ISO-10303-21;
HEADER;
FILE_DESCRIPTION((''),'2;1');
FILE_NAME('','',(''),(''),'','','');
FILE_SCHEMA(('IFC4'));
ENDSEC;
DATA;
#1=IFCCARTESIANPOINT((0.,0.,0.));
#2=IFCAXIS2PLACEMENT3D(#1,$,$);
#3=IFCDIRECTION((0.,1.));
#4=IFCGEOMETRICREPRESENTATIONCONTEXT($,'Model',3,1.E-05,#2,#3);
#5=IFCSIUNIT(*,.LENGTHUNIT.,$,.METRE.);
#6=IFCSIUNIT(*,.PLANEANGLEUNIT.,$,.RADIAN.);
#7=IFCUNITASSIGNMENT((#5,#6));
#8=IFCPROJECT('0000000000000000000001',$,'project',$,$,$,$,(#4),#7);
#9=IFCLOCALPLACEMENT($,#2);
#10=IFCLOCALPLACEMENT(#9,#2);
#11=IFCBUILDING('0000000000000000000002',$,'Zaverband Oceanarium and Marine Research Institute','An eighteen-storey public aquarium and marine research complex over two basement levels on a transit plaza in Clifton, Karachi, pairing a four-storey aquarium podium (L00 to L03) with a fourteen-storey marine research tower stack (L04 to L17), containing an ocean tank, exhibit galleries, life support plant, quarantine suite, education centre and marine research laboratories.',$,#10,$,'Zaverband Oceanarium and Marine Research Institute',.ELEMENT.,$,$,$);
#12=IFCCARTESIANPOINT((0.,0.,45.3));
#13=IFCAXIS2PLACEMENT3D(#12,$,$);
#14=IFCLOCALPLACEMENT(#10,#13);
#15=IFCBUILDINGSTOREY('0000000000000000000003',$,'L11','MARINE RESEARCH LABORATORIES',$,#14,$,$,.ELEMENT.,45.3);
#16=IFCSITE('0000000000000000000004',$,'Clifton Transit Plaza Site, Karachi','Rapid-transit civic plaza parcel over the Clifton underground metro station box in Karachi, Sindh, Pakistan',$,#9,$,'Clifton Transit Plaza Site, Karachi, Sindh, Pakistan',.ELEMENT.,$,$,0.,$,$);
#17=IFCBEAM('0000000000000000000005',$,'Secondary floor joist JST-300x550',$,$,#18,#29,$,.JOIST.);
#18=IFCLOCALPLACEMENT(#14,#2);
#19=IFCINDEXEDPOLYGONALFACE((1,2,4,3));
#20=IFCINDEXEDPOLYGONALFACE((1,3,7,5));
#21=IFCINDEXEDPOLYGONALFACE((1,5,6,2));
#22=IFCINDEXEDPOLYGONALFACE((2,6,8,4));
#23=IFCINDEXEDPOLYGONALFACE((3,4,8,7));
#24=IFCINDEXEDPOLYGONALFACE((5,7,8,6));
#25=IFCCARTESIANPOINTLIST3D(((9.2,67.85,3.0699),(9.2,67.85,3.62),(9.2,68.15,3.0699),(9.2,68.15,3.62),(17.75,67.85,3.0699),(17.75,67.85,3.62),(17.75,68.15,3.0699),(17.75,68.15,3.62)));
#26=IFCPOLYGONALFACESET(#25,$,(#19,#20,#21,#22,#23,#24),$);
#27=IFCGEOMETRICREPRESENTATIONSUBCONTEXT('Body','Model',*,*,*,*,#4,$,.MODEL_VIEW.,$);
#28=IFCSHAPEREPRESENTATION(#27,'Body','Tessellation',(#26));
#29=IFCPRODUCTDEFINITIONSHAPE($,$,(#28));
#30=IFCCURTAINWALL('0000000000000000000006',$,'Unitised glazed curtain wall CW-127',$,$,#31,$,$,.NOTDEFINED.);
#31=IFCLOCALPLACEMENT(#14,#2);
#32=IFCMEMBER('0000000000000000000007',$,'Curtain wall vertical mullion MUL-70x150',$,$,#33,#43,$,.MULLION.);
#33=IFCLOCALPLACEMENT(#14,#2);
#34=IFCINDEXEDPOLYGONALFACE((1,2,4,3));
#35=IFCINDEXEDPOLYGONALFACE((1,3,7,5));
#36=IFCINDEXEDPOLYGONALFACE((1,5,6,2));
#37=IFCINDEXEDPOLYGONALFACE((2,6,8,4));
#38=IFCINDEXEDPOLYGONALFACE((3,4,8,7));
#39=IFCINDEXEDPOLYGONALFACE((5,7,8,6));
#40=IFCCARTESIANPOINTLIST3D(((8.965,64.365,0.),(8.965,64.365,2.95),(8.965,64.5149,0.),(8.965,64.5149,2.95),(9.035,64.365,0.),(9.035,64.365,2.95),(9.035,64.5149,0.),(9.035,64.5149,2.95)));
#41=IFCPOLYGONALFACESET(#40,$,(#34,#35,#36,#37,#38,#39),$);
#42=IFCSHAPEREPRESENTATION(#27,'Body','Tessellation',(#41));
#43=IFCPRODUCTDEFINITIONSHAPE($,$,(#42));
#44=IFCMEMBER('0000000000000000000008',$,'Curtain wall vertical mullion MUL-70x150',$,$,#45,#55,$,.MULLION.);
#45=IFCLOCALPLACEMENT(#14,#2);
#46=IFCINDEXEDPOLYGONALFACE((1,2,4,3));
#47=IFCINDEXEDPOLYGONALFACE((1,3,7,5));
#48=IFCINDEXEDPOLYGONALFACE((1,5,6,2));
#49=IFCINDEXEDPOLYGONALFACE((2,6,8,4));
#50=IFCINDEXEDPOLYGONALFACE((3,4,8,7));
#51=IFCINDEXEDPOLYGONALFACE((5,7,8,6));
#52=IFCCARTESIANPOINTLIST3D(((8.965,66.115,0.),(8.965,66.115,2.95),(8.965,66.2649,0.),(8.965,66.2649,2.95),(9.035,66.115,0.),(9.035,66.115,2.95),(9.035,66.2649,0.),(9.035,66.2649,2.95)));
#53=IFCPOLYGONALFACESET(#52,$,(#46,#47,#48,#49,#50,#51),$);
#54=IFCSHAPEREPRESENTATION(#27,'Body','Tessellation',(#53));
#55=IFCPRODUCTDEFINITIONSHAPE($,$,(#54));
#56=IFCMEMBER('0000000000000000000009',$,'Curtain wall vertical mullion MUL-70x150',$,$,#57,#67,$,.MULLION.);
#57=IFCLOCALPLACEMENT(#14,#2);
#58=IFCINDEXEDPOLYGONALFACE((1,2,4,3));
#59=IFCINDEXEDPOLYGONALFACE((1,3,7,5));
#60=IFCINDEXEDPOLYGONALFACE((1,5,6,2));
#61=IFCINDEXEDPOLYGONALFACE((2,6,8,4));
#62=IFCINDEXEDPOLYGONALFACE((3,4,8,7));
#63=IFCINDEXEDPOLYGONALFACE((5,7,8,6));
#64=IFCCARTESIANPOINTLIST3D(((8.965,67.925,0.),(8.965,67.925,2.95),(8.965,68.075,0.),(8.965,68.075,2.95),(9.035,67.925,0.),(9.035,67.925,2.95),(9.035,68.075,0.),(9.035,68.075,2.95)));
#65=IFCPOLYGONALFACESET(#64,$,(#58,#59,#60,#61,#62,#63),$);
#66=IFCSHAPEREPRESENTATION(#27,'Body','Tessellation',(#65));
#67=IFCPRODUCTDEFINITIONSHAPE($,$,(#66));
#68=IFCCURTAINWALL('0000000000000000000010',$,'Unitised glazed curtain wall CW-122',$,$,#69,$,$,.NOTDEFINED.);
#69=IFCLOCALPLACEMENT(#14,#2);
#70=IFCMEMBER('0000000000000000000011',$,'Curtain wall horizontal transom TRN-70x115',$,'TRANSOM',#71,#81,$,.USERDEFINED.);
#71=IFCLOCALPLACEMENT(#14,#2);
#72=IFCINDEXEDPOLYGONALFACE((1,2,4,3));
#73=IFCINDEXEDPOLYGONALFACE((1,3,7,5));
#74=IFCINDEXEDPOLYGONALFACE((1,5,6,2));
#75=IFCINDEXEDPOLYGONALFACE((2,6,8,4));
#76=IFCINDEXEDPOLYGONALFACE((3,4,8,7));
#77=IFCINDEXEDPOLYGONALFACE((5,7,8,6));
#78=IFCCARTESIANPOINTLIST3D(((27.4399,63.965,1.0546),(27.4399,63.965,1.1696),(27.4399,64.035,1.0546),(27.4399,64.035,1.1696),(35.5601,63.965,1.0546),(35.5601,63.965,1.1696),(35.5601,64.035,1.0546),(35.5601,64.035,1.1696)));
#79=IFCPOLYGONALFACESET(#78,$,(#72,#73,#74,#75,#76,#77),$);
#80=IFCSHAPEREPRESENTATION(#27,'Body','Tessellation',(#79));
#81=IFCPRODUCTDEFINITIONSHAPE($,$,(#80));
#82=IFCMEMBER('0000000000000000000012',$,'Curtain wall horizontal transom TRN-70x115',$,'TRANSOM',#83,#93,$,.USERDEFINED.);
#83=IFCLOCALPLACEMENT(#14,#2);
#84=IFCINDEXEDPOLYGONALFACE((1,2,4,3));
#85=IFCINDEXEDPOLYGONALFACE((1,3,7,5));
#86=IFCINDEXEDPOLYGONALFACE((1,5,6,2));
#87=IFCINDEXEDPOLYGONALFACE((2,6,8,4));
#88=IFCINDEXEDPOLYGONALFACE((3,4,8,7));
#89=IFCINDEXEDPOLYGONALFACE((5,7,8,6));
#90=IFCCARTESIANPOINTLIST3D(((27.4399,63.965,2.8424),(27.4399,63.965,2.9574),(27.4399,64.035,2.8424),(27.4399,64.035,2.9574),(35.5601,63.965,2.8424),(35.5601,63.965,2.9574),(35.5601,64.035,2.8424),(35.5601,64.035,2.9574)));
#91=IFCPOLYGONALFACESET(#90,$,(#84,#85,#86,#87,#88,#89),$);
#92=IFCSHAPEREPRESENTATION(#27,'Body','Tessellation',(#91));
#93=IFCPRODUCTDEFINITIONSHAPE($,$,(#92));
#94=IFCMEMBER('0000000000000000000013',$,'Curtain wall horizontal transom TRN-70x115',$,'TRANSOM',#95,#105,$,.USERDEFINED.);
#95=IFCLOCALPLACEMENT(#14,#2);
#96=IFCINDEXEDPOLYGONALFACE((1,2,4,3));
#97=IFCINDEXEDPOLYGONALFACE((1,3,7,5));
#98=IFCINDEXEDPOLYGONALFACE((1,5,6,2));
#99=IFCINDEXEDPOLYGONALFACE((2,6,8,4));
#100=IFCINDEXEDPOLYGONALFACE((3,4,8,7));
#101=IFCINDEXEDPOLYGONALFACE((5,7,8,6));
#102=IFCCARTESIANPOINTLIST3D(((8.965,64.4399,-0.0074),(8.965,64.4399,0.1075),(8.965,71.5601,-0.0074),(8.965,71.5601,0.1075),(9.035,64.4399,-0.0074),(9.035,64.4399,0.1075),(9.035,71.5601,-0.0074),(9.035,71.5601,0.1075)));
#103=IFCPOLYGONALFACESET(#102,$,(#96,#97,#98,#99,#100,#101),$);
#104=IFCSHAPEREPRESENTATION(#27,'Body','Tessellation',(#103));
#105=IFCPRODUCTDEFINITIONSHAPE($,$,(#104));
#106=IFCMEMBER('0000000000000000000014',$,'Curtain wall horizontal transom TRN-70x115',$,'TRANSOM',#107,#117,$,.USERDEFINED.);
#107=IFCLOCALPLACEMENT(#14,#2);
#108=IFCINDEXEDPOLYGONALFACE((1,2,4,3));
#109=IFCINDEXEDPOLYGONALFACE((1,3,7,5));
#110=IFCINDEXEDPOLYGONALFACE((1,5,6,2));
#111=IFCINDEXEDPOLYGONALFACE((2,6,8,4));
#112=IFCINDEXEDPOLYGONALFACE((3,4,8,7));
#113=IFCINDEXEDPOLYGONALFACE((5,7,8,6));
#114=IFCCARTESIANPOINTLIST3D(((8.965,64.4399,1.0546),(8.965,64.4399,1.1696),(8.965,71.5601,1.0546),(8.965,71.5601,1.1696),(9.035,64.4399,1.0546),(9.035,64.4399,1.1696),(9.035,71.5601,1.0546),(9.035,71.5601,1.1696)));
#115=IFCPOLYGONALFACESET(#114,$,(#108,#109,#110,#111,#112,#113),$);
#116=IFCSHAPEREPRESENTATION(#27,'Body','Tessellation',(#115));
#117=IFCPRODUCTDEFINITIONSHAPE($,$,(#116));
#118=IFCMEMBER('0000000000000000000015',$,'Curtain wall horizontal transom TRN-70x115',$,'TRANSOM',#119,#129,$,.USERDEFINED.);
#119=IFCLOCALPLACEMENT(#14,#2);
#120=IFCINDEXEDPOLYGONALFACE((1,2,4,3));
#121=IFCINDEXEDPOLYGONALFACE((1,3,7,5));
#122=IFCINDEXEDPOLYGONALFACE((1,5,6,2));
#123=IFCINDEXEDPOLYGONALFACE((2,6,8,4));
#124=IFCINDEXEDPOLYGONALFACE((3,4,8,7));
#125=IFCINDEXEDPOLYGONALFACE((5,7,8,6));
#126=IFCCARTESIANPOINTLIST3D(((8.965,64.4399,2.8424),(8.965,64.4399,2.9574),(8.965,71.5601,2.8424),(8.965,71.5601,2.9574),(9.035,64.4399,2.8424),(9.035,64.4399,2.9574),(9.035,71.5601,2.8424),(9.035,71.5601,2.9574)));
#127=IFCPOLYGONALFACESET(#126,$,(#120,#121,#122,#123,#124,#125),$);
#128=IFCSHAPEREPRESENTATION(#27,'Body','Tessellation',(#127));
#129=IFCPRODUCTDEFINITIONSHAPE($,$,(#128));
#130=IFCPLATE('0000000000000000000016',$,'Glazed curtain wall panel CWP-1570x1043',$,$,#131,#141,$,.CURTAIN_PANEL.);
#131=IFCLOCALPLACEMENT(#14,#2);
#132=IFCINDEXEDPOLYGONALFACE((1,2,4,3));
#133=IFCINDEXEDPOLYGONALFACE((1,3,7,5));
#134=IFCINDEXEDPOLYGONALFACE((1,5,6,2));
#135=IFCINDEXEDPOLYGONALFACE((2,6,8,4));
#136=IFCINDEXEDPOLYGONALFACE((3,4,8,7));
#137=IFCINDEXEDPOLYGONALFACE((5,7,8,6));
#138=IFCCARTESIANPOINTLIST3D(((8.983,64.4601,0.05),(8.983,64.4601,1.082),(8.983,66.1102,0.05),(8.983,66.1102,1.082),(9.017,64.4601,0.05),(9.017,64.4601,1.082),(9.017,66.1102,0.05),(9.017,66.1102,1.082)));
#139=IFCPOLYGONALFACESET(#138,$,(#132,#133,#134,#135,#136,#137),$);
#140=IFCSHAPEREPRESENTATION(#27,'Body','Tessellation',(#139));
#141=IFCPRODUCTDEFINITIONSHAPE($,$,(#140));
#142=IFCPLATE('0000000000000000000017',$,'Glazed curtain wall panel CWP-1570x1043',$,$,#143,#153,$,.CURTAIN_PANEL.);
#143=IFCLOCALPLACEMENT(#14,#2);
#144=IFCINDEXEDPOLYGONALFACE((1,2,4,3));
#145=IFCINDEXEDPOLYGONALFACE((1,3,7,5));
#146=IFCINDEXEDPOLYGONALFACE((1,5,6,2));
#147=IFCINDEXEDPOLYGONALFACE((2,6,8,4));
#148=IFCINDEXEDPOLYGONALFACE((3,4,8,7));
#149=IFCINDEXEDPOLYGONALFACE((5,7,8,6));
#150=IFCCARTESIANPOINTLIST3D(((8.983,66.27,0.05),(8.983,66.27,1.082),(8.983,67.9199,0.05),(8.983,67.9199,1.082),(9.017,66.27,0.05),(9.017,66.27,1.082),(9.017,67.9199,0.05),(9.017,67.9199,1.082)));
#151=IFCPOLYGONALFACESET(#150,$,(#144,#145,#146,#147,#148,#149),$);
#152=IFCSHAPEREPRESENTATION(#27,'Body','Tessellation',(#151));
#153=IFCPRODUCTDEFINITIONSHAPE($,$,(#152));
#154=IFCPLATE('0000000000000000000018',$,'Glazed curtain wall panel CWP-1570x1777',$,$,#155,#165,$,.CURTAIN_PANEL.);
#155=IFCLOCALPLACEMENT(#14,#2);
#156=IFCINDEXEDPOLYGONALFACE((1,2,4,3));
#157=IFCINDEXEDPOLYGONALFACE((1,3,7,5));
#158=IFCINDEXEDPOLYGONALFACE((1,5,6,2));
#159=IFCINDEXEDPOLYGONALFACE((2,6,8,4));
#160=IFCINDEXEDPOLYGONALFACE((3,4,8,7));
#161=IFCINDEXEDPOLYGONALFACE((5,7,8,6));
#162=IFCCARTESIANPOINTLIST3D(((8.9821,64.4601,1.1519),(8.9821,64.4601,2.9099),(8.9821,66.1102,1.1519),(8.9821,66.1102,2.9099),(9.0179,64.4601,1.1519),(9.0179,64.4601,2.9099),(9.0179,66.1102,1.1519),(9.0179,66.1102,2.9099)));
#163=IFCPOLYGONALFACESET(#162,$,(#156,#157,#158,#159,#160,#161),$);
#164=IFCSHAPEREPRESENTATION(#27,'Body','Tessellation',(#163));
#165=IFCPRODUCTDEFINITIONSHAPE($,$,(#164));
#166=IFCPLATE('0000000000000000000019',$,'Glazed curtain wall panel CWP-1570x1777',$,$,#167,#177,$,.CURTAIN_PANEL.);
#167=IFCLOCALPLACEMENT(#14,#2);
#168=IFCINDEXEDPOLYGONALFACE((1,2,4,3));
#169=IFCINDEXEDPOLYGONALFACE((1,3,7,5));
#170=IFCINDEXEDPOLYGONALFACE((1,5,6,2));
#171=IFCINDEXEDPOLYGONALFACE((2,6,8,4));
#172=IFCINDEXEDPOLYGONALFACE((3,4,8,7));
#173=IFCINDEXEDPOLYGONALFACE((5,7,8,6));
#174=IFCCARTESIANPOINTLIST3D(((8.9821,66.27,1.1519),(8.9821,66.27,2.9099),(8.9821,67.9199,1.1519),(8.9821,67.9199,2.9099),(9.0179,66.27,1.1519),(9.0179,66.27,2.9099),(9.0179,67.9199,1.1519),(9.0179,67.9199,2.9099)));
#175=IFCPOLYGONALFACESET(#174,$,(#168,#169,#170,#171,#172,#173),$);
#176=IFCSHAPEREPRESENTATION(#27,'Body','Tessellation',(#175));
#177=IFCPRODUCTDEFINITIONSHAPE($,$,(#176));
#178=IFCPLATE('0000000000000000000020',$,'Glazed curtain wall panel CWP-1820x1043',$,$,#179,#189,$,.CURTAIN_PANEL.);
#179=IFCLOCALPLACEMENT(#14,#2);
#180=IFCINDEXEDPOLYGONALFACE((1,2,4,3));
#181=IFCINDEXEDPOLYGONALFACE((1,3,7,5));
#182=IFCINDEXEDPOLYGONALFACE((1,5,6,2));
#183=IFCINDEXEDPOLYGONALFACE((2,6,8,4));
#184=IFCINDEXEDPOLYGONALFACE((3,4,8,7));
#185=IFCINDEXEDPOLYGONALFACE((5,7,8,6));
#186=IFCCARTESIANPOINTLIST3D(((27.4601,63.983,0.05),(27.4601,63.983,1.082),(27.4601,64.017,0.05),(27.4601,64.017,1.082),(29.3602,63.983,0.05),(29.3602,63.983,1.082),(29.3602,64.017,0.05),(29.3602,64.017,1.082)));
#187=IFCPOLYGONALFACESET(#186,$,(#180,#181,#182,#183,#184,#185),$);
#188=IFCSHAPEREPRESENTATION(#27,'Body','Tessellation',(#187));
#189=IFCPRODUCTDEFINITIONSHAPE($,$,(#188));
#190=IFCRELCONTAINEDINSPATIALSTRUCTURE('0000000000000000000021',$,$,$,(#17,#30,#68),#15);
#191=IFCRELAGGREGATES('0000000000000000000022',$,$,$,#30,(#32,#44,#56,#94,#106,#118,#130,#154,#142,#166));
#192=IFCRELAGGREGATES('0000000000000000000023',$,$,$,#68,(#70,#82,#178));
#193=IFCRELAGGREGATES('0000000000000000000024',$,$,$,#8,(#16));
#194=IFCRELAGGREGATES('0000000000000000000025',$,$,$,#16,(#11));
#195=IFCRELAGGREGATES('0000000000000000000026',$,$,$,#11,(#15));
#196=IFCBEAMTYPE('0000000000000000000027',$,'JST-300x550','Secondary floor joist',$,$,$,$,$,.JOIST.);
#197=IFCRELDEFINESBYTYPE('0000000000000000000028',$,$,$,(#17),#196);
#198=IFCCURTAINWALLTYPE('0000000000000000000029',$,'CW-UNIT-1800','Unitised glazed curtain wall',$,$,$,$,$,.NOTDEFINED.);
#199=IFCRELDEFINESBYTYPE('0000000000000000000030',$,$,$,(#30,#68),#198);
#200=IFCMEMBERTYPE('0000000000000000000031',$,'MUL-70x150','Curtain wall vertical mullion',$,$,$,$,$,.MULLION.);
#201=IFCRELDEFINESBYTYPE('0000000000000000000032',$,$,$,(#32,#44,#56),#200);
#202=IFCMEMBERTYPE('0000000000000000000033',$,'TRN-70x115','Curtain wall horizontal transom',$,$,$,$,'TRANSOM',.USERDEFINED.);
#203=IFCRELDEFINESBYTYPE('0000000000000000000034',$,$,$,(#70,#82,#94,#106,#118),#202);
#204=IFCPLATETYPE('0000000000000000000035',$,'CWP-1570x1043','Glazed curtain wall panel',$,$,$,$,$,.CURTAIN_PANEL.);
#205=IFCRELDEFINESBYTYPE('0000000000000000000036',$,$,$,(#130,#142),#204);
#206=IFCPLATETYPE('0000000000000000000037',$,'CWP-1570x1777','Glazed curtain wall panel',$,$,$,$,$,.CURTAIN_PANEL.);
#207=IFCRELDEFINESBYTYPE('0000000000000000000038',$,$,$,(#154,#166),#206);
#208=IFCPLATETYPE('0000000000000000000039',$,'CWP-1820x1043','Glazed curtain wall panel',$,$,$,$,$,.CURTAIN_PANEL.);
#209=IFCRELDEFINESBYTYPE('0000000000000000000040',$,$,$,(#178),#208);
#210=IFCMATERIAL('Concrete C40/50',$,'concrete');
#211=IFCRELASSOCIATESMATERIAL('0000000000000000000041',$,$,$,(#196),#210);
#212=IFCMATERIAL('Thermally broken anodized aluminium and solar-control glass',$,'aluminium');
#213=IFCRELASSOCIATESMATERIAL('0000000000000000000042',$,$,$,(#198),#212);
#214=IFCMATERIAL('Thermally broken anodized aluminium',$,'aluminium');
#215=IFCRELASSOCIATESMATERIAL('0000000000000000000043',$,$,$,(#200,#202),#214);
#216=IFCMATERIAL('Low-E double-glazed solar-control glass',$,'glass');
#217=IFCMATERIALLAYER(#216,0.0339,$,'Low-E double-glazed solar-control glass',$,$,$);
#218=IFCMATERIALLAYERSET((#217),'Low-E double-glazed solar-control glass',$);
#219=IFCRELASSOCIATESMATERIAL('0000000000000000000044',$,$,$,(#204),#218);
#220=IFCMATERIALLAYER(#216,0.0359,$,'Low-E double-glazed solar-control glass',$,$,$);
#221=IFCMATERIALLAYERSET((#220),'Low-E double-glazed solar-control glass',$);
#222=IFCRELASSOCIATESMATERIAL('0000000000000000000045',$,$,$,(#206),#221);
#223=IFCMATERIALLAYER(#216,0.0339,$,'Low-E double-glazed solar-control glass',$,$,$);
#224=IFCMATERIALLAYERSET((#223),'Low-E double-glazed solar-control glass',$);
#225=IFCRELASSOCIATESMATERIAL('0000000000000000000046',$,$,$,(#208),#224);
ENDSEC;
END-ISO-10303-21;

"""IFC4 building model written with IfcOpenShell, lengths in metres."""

from ifc_helpers import new_model, si_unit, direction, frame, frame_2d, origin, origin_2d, place, context, subcontext, project, spatial, rectangle, extrude, material, layer, layer_set, material_profile, profile_set, type_object, element, aggregate, save


model = new_model("IFC4")

# Units and contexts
model_context = context("Model", 3, precision=1e-05, world=origin(), true_north=direction((0.0, 1.0)))
body_context = subcontext(model_context, "Body", "Model", "MODEL_VIEW")
ifc_project = project(units=[si_unit("LENGTHUNIT", "METRE"), si_unit("PLANEANGLEUNIT", "RADIAN")], contexts=[model_context])

# Site, building, storey
site_placement = place(None, origin())
site = spatial("IfcSite", under=ifc_project, at=site_placement, Name="Clifton Transit Plaza Site, Karachi", Description="Rapid-transit civic plaza parcel over the Clifton underground metro station box in Karachi, Sindh, Pakistan", LongName="Clifton Transit Plaza Site, Karachi, Sindh, Pakistan", CompositionType="ELEMENT", RefElevation=0.0)
building_placement = place(site_placement, origin())
building = spatial("IfcBuilding", under=site, at=building_placement, Name="Zaverband Oceanarium and Marine Research Institute", Description="An eighteen-storey public aquarium and marine research complex over two basement levels on a transit plaza in Clifton, Karachi, pairing a four-storey aquarium podium (L00 to L03) with a fourteen-storey marine research tower stack (L04 to L17), containing an ocean tank, exhibit galleries, life support plant, quarantine suite, education centre and marine research laboratories.", LongName="Zaverband Oceanarium and Marine Research Institute", CompositionType="ELEMENT")
storey_placement = place(building_placement, frame((0.0, 0.0, 45.3)))
storey = spatial("IfcBuildingStorey", under=building, at=storey_placement, Name="L11", Description="MARINE RESEARCH LABORATORIES", CompositionType="ELEMENT", Elevation=45.3)

# Beam
ifc_material_1 = material(Name="Concrete C40/50", Category="concrete")
ifc_material_profile_1 = material_profile(ifc_material_1, rectangle(XDim=0.3, YDim=0.55, at=origin_2d()), Name="RC300x550")
ifc_profile_set_1 = profile_set([ifc_material_profile_1], Name="Concrete C40/50")
beam_type = type_object("IfcBeamType", Name="JST-300x550", Description="Secondary floor joist", PredefinedType="JOIST", material=ifc_profile_set_1)
beam_placement = place(storey_placement, frame((9.2, 68.0, 3.345), z_axis=(1.0, 0.0, 0.0), x_axis=(0.0, 1.0, 0.0)))
element("IfcBeam", 1, at=beam_placement, inside=storey, type_object=beam_type, Name="Secondary floor joist JST-300x550", PredefinedType="JOIST", context=body_context, shape_type="SweptSolid", body=[
    extrude(rectangle(XDim=0.3, YDim=0.55, at=origin_2d()), origin(), (0.0, 0.0, 1.0), 8.55),
])

# Curtain walls, members
ifc_material_2 = material(Name="Thermally broken anodized aluminium and solar-control glass", Category="aluminium")
curtain_wall_type = type_object("IfcCurtainWallType", Name="CW-UNIT-1800", Description="Unitised glazed curtain wall", PredefinedType="NOTDEFINED", material=ifc_material_2)
curtain_wall_1_placement = place(storey_placement, origin())
curtain_wall_1 = element("IfcCurtainWall", 2, at=curtain_wall_1_placement, inside=storey, type_object=curtain_wall_type, Name="Unitised glazed curtain wall CW-127", PredefinedType="NOTDEFINED")
ifc_material_3 = material(Name="Thermally broken anodized aluminium", Category="aluminium")
ifc_material_profile_2 = material_profile(ifc_material_3, rectangle(XDim=0.0701, YDim=0.1499, at=origin_2d()), Name="AL-MUL-70x150")
ifc_profile_set_2 = profile_set([ifc_material_profile_2], Name="Thermally broken anodized aluminium")
member_type_1 = type_object("IfcMemberType", Name="MUL-70x150", Description="Curtain wall vertical mullion", PredefinedType="MULLION", material=ifc_profile_set_2)
member_1_placement = place(storey_placement, frame((9.0, 64.4399, 0.0), z_axis=(0.0, 0.0, 1.0), x_axis=(1.0, 0.0, 0.0)))
member_1 = element("IfcMember", 3, at=member_1_placement, type_object=member_type_1, Name="Curtain wall vertical mullion MUL-70x150", PredefinedType="MULLION", context=body_context, shape_type="SweptSolid", body=[
    extrude(rectangle(XDim=0.0701, YDim=0.1499, at=origin_2d()), origin(), (0.0, 0.0, 1.0), 2.95),
])
member_2_placement = place(storey_placement, frame((9.0, 66.1899, 0.0), z_axis=(0.0, 0.0, 1.0), x_axis=(1.0, 0.0, 0.0)))
member_2 = element("IfcMember", 4, at=member_2_placement, type_object=member_type_1, Name="Curtain wall vertical mullion MUL-70x150", PredefinedType="MULLION", context=body_context, shape_type="SweptSolid", body=[
    extrude(rectangle(XDim=0.0701, YDim=0.1499, at=origin_2d()), origin(), (0.0, 0.0, 1.0), 2.95),
])
member_3_placement = place(storey_placement, frame((9.0, 68.0, 0.0), z_axis=(0.0, 0.0, 1.0), x_axis=(1.0, 0.0, 0.0)))
member_3 = element("IfcMember", 5, at=member_3_placement, type_object=member_type_1, Name="Curtain wall vertical mullion MUL-70x150", PredefinedType="MULLION", context=body_context, shape_type="SweptSolid", body=[
    extrude(rectangle(XDim=0.0701, YDim=0.1499, at=origin_2d()), origin(), (0.0, 0.0, 1.0), 2.95),
])
curtain_wall_2_placement = place(storey_placement, origin())
curtain_wall_2 = element("IfcCurtainWall", 6, at=curtain_wall_2_placement, inside=storey, type_object=curtain_wall_type, Name="Unitised glazed curtain wall CW-122", PredefinedType="NOTDEFINED")
ifc_material_profile_3 = material_profile(ifc_material_3, rectangle(XDim=0.0701, YDim=0.115, at=origin_2d()), Name="AL-TRN-70x115")
ifc_profile_set_3 = profile_set([ifc_material_profile_3], Name="Thermally broken anodized aluminium")
member_type_2 = type_object("IfcMemberType", Name="TRN-70x115", Description="Curtain wall horizontal transom", ElementType="TRANSOM", PredefinedType="USERDEFINED", material=ifc_profile_set_3)
member_4_placement = place(storey_placement, frame((27.4399, 64.0, 1.1121), z_axis=(1.0, 0.0, 0.0), x_axis=(0.0, 1.0, 0.0)))
member_4 = element("IfcMember", 7, at=member_4_placement, type_object=member_type_2, Name="Curtain wall horizontal transom TRN-70x115", ObjectType="TRANSOM", PredefinedType="USERDEFINED", context=body_context, shape_type="SweptSolid", body=[
    extrude(rectangle(XDim=0.0701, YDim=0.115, at=origin_2d()), origin(), (0.0, 0.0, 1.0), 8.1201),
])
member_5_placement = place(storey_placement, frame((27.4399, 64.0, 2.8999), z_axis=(1.0, 0.0, 0.0), x_axis=(0.0, 1.0, 0.0)))
member_5 = element("IfcMember", 8, at=member_5_placement, type_object=member_type_2, Name="Curtain wall horizontal transom TRN-70x115", ObjectType="TRANSOM", PredefinedType="USERDEFINED", context=body_context, shape_type="SweptSolid", body=[
    extrude(rectangle(XDim=0.0701, YDim=0.115, at=origin_2d()), origin(), (0.0, 0.0, 1.0), 8.1201),
])

# Members
member_6_placement = place(storey_placement, frame((9.0, 64.4399, 0.05), z_axis=(0.0, 1.0, 0.0), x_axis=(-1.0, 0.0, 0.0)))
member_6 = element("IfcMember", 9, at=member_6_placement, type_object=member_type_2, Name="Curtain wall horizontal transom TRN-70x115", ObjectType="TRANSOM", PredefinedType="USERDEFINED", context=body_context, shape_type="SweptSolid", body=[
    extrude(rectangle(XDim=0.0701, YDim=0.115, at=origin_2d()), origin(), (0.0, 0.0, 1.0), 7.1201),
])
member_7_placement = place(storey_placement, frame((9.0, 64.4399, 1.1121), z_axis=(0.0, 1.0, 0.0), x_axis=(-1.0, 0.0, 0.0)))
member_7 = element("IfcMember", 10, at=member_7_placement, type_object=member_type_2, Name="Curtain wall horizontal transom TRN-70x115", ObjectType="TRANSOM", PredefinedType="USERDEFINED", context=body_context, shape_type="SweptSolid", body=[
    extrude(rectangle(XDim=0.0701, YDim=0.115, at=origin_2d()), origin(), (0.0, 0.0, 1.0), 7.1201),
])
member_8_placement = place(storey_placement, frame((9.0, 64.4399, 2.8999), z_axis=(0.0, 1.0, 0.0), x_axis=(-1.0, 0.0, 0.0)))
member_8 = element("IfcMember", 11, at=member_8_placement, type_object=member_type_2, Name="Curtain wall horizontal transom TRN-70x115", ObjectType="TRANSOM", PredefinedType="USERDEFINED", context=body_context, shape_type="SweptSolid", body=[
    extrude(rectangle(XDim=0.0701, YDim=0.115, at=origin_2d()), origin(), (0.0, 0.0, 1.0), 7.1201),
])

# Plates
ifc_material_4 = material(Name="Low-E double-glazed solar-control glass", Category="glass")
ifc_layer_1 = layer(ifc_material_4, 0.0339, Name="Low-E double-glazed solar-control glass")
ifc_layer_set_1 = layer_set([ifc_layer_1], Name="Low-E double-glazed solar-control glass")
plate_type_1 = type_object("IfcPlateType", Name="CWP-1570x1043", Description="Glazed curtain wall panel", PredefinedType="CURTAIN_PANEL", material=ifc_layer_set_1)
plate_1_placement = place(storey_placement, frame((9.0, 64.46, 0.05), z_axis=(0.0, 0.0, 1.0), x_axis=(0.0, 1.0, 0.0)))
plate_1 = element("IfcPlate", 12, at=plate_1_placement, type_object=plate_type_1, Name="Glazed curtain wall panel CWP-1570x1043", PredefinedType="CURTAIN_PANEL", context=body_context, shape_type="SweptSolid", body=[
    extrude(rectangle(XDim=1.6501, YDim=0.0339, at=frame_2d((0.8252, 0.0))), origin(), (0.0, 0.0, 1.0), 1.032),
])
plate_2_placement = place(storey_placement, frame((9.0, 66.27, 0.05), z_axis=(0.0, 0.0, 1.0), x_axis=(0.0, 1.0, 0.0)))
plate_2 = element("IfcPlate", 13, at=plate_2_placement, type_object=plate_type_1, Name="Glazed curtain wall panel CWP-1570x1043", PredefinedType="CURTAIN_PANEL", context=body_context, shape_type="SweptSolid", body=[
    extrude(rectangle(XDim=1.6499, YDim=0.0339, at=frame_2d((0.825, 0.0))), origin(), (0.0, 0.0, 1.0), 1.032),
])
ifc_layer_2 = layer(ifc_material_4, 0.0359, Name="Low-E double-glazed solar-control glass")
ifc_layer_set_2 = layer_set([ifc_layer_2], Name="Low-E double-glazed solar-control glass")
plate_type_2 = type_object("IfcPlateType", Name="CWP-1570x1777", Description="Glazed curtain wall panel", PredefinedType="CURTAIN_PANEL", material=ifc_layer_set_2)
plate_3_placement = place(storey_placement, frame((9.0, 64.46, 1.1519), z_axis=(0.0, 0.0, 1.0), x_axis=(0.0, 1.0, 0.0)))
plate_3 = element("IfcPlate", 14, at=plate_3_placement, type_object=plate_type_2, Name="Glazed curtain wall panel CWP-1570x1777", PredefinedType="CURTAIN_PANEL", context=body_context, shape_type="SweptSolid", body=[
    extrude(rectangle(XDim=1.6501, YDim=0.0359, at=frame_2d((0.8252, 0.0))), origin(), (0.0, 0.0, 1.0), 1.7581),
])
plate_4_placement = place(storey_placement, frame((9.0, 66.27, 1.1519), z_axis=(0.0, 0.0, 1.0), x_axis=(0.0, 1.0, 0.0)))
plate_4 = element("IfcPlate", 15, at=plate_4_placement, type_object=plate_type_2, Name="Glazed curtain wall panel CWP-1570x1777", PredefinedType="CURTAIN_PANEL", context=body_context, shape_type="SweptSolid", body=[
    extrude(rectangle(XDim=1.6499, YDim=0.0359, at=frame_2d((0.825, 0.0))), origin(), (0.0, 0.0, 1.0), 1.7581),
])
aggregate(curtain_wall_1, [member_1, member_2, member_3, member_6, member_7, member_8, plate_1, plate_3, plate_2, plate_4])
ifc_layer_3 = layer(ifc_material_4, 0.0339, Name="Low-E double-glazed solar-control glass")
ifc_layer_set_3 = layer_set([ifc_layer_3], Name="Low-E double-glazed solar-control glass")
plate_type_3 = type_object("IfcPlateType", Name="CWP-1820x1043", Description="Glazed curtain wall panel", PredefinedType="CURTAIN_PANEL", material=ifc_layer_set_3)
plate_5_placement = place(storey_placement, frame((27.46, 64.0, 0.05), z_axis=(0.0, 0.0, 1.0), x_axis=(1.0, 0.0, 0.0)))
plate_5 = element("IfcPlate", 16, at=plate_5_placement, type_object=plate_type_3, Name="Glazed curtain wall panel CWP-1820x1043", PredefinedType="CURTAIN_PANEL", context=body_context, shape_type="SweptSolid", body=[
    extrude(rectangle(XDim=1.9001, YDim=0.0339, at=frame_2d((0.9502, 0.0))), origin(), (0.0, 0.0, 1.0), 1.032),
])
aggregate(curtain_wall_2, [member_4, member_5, plate_5])

save(model, "model.ifc")
